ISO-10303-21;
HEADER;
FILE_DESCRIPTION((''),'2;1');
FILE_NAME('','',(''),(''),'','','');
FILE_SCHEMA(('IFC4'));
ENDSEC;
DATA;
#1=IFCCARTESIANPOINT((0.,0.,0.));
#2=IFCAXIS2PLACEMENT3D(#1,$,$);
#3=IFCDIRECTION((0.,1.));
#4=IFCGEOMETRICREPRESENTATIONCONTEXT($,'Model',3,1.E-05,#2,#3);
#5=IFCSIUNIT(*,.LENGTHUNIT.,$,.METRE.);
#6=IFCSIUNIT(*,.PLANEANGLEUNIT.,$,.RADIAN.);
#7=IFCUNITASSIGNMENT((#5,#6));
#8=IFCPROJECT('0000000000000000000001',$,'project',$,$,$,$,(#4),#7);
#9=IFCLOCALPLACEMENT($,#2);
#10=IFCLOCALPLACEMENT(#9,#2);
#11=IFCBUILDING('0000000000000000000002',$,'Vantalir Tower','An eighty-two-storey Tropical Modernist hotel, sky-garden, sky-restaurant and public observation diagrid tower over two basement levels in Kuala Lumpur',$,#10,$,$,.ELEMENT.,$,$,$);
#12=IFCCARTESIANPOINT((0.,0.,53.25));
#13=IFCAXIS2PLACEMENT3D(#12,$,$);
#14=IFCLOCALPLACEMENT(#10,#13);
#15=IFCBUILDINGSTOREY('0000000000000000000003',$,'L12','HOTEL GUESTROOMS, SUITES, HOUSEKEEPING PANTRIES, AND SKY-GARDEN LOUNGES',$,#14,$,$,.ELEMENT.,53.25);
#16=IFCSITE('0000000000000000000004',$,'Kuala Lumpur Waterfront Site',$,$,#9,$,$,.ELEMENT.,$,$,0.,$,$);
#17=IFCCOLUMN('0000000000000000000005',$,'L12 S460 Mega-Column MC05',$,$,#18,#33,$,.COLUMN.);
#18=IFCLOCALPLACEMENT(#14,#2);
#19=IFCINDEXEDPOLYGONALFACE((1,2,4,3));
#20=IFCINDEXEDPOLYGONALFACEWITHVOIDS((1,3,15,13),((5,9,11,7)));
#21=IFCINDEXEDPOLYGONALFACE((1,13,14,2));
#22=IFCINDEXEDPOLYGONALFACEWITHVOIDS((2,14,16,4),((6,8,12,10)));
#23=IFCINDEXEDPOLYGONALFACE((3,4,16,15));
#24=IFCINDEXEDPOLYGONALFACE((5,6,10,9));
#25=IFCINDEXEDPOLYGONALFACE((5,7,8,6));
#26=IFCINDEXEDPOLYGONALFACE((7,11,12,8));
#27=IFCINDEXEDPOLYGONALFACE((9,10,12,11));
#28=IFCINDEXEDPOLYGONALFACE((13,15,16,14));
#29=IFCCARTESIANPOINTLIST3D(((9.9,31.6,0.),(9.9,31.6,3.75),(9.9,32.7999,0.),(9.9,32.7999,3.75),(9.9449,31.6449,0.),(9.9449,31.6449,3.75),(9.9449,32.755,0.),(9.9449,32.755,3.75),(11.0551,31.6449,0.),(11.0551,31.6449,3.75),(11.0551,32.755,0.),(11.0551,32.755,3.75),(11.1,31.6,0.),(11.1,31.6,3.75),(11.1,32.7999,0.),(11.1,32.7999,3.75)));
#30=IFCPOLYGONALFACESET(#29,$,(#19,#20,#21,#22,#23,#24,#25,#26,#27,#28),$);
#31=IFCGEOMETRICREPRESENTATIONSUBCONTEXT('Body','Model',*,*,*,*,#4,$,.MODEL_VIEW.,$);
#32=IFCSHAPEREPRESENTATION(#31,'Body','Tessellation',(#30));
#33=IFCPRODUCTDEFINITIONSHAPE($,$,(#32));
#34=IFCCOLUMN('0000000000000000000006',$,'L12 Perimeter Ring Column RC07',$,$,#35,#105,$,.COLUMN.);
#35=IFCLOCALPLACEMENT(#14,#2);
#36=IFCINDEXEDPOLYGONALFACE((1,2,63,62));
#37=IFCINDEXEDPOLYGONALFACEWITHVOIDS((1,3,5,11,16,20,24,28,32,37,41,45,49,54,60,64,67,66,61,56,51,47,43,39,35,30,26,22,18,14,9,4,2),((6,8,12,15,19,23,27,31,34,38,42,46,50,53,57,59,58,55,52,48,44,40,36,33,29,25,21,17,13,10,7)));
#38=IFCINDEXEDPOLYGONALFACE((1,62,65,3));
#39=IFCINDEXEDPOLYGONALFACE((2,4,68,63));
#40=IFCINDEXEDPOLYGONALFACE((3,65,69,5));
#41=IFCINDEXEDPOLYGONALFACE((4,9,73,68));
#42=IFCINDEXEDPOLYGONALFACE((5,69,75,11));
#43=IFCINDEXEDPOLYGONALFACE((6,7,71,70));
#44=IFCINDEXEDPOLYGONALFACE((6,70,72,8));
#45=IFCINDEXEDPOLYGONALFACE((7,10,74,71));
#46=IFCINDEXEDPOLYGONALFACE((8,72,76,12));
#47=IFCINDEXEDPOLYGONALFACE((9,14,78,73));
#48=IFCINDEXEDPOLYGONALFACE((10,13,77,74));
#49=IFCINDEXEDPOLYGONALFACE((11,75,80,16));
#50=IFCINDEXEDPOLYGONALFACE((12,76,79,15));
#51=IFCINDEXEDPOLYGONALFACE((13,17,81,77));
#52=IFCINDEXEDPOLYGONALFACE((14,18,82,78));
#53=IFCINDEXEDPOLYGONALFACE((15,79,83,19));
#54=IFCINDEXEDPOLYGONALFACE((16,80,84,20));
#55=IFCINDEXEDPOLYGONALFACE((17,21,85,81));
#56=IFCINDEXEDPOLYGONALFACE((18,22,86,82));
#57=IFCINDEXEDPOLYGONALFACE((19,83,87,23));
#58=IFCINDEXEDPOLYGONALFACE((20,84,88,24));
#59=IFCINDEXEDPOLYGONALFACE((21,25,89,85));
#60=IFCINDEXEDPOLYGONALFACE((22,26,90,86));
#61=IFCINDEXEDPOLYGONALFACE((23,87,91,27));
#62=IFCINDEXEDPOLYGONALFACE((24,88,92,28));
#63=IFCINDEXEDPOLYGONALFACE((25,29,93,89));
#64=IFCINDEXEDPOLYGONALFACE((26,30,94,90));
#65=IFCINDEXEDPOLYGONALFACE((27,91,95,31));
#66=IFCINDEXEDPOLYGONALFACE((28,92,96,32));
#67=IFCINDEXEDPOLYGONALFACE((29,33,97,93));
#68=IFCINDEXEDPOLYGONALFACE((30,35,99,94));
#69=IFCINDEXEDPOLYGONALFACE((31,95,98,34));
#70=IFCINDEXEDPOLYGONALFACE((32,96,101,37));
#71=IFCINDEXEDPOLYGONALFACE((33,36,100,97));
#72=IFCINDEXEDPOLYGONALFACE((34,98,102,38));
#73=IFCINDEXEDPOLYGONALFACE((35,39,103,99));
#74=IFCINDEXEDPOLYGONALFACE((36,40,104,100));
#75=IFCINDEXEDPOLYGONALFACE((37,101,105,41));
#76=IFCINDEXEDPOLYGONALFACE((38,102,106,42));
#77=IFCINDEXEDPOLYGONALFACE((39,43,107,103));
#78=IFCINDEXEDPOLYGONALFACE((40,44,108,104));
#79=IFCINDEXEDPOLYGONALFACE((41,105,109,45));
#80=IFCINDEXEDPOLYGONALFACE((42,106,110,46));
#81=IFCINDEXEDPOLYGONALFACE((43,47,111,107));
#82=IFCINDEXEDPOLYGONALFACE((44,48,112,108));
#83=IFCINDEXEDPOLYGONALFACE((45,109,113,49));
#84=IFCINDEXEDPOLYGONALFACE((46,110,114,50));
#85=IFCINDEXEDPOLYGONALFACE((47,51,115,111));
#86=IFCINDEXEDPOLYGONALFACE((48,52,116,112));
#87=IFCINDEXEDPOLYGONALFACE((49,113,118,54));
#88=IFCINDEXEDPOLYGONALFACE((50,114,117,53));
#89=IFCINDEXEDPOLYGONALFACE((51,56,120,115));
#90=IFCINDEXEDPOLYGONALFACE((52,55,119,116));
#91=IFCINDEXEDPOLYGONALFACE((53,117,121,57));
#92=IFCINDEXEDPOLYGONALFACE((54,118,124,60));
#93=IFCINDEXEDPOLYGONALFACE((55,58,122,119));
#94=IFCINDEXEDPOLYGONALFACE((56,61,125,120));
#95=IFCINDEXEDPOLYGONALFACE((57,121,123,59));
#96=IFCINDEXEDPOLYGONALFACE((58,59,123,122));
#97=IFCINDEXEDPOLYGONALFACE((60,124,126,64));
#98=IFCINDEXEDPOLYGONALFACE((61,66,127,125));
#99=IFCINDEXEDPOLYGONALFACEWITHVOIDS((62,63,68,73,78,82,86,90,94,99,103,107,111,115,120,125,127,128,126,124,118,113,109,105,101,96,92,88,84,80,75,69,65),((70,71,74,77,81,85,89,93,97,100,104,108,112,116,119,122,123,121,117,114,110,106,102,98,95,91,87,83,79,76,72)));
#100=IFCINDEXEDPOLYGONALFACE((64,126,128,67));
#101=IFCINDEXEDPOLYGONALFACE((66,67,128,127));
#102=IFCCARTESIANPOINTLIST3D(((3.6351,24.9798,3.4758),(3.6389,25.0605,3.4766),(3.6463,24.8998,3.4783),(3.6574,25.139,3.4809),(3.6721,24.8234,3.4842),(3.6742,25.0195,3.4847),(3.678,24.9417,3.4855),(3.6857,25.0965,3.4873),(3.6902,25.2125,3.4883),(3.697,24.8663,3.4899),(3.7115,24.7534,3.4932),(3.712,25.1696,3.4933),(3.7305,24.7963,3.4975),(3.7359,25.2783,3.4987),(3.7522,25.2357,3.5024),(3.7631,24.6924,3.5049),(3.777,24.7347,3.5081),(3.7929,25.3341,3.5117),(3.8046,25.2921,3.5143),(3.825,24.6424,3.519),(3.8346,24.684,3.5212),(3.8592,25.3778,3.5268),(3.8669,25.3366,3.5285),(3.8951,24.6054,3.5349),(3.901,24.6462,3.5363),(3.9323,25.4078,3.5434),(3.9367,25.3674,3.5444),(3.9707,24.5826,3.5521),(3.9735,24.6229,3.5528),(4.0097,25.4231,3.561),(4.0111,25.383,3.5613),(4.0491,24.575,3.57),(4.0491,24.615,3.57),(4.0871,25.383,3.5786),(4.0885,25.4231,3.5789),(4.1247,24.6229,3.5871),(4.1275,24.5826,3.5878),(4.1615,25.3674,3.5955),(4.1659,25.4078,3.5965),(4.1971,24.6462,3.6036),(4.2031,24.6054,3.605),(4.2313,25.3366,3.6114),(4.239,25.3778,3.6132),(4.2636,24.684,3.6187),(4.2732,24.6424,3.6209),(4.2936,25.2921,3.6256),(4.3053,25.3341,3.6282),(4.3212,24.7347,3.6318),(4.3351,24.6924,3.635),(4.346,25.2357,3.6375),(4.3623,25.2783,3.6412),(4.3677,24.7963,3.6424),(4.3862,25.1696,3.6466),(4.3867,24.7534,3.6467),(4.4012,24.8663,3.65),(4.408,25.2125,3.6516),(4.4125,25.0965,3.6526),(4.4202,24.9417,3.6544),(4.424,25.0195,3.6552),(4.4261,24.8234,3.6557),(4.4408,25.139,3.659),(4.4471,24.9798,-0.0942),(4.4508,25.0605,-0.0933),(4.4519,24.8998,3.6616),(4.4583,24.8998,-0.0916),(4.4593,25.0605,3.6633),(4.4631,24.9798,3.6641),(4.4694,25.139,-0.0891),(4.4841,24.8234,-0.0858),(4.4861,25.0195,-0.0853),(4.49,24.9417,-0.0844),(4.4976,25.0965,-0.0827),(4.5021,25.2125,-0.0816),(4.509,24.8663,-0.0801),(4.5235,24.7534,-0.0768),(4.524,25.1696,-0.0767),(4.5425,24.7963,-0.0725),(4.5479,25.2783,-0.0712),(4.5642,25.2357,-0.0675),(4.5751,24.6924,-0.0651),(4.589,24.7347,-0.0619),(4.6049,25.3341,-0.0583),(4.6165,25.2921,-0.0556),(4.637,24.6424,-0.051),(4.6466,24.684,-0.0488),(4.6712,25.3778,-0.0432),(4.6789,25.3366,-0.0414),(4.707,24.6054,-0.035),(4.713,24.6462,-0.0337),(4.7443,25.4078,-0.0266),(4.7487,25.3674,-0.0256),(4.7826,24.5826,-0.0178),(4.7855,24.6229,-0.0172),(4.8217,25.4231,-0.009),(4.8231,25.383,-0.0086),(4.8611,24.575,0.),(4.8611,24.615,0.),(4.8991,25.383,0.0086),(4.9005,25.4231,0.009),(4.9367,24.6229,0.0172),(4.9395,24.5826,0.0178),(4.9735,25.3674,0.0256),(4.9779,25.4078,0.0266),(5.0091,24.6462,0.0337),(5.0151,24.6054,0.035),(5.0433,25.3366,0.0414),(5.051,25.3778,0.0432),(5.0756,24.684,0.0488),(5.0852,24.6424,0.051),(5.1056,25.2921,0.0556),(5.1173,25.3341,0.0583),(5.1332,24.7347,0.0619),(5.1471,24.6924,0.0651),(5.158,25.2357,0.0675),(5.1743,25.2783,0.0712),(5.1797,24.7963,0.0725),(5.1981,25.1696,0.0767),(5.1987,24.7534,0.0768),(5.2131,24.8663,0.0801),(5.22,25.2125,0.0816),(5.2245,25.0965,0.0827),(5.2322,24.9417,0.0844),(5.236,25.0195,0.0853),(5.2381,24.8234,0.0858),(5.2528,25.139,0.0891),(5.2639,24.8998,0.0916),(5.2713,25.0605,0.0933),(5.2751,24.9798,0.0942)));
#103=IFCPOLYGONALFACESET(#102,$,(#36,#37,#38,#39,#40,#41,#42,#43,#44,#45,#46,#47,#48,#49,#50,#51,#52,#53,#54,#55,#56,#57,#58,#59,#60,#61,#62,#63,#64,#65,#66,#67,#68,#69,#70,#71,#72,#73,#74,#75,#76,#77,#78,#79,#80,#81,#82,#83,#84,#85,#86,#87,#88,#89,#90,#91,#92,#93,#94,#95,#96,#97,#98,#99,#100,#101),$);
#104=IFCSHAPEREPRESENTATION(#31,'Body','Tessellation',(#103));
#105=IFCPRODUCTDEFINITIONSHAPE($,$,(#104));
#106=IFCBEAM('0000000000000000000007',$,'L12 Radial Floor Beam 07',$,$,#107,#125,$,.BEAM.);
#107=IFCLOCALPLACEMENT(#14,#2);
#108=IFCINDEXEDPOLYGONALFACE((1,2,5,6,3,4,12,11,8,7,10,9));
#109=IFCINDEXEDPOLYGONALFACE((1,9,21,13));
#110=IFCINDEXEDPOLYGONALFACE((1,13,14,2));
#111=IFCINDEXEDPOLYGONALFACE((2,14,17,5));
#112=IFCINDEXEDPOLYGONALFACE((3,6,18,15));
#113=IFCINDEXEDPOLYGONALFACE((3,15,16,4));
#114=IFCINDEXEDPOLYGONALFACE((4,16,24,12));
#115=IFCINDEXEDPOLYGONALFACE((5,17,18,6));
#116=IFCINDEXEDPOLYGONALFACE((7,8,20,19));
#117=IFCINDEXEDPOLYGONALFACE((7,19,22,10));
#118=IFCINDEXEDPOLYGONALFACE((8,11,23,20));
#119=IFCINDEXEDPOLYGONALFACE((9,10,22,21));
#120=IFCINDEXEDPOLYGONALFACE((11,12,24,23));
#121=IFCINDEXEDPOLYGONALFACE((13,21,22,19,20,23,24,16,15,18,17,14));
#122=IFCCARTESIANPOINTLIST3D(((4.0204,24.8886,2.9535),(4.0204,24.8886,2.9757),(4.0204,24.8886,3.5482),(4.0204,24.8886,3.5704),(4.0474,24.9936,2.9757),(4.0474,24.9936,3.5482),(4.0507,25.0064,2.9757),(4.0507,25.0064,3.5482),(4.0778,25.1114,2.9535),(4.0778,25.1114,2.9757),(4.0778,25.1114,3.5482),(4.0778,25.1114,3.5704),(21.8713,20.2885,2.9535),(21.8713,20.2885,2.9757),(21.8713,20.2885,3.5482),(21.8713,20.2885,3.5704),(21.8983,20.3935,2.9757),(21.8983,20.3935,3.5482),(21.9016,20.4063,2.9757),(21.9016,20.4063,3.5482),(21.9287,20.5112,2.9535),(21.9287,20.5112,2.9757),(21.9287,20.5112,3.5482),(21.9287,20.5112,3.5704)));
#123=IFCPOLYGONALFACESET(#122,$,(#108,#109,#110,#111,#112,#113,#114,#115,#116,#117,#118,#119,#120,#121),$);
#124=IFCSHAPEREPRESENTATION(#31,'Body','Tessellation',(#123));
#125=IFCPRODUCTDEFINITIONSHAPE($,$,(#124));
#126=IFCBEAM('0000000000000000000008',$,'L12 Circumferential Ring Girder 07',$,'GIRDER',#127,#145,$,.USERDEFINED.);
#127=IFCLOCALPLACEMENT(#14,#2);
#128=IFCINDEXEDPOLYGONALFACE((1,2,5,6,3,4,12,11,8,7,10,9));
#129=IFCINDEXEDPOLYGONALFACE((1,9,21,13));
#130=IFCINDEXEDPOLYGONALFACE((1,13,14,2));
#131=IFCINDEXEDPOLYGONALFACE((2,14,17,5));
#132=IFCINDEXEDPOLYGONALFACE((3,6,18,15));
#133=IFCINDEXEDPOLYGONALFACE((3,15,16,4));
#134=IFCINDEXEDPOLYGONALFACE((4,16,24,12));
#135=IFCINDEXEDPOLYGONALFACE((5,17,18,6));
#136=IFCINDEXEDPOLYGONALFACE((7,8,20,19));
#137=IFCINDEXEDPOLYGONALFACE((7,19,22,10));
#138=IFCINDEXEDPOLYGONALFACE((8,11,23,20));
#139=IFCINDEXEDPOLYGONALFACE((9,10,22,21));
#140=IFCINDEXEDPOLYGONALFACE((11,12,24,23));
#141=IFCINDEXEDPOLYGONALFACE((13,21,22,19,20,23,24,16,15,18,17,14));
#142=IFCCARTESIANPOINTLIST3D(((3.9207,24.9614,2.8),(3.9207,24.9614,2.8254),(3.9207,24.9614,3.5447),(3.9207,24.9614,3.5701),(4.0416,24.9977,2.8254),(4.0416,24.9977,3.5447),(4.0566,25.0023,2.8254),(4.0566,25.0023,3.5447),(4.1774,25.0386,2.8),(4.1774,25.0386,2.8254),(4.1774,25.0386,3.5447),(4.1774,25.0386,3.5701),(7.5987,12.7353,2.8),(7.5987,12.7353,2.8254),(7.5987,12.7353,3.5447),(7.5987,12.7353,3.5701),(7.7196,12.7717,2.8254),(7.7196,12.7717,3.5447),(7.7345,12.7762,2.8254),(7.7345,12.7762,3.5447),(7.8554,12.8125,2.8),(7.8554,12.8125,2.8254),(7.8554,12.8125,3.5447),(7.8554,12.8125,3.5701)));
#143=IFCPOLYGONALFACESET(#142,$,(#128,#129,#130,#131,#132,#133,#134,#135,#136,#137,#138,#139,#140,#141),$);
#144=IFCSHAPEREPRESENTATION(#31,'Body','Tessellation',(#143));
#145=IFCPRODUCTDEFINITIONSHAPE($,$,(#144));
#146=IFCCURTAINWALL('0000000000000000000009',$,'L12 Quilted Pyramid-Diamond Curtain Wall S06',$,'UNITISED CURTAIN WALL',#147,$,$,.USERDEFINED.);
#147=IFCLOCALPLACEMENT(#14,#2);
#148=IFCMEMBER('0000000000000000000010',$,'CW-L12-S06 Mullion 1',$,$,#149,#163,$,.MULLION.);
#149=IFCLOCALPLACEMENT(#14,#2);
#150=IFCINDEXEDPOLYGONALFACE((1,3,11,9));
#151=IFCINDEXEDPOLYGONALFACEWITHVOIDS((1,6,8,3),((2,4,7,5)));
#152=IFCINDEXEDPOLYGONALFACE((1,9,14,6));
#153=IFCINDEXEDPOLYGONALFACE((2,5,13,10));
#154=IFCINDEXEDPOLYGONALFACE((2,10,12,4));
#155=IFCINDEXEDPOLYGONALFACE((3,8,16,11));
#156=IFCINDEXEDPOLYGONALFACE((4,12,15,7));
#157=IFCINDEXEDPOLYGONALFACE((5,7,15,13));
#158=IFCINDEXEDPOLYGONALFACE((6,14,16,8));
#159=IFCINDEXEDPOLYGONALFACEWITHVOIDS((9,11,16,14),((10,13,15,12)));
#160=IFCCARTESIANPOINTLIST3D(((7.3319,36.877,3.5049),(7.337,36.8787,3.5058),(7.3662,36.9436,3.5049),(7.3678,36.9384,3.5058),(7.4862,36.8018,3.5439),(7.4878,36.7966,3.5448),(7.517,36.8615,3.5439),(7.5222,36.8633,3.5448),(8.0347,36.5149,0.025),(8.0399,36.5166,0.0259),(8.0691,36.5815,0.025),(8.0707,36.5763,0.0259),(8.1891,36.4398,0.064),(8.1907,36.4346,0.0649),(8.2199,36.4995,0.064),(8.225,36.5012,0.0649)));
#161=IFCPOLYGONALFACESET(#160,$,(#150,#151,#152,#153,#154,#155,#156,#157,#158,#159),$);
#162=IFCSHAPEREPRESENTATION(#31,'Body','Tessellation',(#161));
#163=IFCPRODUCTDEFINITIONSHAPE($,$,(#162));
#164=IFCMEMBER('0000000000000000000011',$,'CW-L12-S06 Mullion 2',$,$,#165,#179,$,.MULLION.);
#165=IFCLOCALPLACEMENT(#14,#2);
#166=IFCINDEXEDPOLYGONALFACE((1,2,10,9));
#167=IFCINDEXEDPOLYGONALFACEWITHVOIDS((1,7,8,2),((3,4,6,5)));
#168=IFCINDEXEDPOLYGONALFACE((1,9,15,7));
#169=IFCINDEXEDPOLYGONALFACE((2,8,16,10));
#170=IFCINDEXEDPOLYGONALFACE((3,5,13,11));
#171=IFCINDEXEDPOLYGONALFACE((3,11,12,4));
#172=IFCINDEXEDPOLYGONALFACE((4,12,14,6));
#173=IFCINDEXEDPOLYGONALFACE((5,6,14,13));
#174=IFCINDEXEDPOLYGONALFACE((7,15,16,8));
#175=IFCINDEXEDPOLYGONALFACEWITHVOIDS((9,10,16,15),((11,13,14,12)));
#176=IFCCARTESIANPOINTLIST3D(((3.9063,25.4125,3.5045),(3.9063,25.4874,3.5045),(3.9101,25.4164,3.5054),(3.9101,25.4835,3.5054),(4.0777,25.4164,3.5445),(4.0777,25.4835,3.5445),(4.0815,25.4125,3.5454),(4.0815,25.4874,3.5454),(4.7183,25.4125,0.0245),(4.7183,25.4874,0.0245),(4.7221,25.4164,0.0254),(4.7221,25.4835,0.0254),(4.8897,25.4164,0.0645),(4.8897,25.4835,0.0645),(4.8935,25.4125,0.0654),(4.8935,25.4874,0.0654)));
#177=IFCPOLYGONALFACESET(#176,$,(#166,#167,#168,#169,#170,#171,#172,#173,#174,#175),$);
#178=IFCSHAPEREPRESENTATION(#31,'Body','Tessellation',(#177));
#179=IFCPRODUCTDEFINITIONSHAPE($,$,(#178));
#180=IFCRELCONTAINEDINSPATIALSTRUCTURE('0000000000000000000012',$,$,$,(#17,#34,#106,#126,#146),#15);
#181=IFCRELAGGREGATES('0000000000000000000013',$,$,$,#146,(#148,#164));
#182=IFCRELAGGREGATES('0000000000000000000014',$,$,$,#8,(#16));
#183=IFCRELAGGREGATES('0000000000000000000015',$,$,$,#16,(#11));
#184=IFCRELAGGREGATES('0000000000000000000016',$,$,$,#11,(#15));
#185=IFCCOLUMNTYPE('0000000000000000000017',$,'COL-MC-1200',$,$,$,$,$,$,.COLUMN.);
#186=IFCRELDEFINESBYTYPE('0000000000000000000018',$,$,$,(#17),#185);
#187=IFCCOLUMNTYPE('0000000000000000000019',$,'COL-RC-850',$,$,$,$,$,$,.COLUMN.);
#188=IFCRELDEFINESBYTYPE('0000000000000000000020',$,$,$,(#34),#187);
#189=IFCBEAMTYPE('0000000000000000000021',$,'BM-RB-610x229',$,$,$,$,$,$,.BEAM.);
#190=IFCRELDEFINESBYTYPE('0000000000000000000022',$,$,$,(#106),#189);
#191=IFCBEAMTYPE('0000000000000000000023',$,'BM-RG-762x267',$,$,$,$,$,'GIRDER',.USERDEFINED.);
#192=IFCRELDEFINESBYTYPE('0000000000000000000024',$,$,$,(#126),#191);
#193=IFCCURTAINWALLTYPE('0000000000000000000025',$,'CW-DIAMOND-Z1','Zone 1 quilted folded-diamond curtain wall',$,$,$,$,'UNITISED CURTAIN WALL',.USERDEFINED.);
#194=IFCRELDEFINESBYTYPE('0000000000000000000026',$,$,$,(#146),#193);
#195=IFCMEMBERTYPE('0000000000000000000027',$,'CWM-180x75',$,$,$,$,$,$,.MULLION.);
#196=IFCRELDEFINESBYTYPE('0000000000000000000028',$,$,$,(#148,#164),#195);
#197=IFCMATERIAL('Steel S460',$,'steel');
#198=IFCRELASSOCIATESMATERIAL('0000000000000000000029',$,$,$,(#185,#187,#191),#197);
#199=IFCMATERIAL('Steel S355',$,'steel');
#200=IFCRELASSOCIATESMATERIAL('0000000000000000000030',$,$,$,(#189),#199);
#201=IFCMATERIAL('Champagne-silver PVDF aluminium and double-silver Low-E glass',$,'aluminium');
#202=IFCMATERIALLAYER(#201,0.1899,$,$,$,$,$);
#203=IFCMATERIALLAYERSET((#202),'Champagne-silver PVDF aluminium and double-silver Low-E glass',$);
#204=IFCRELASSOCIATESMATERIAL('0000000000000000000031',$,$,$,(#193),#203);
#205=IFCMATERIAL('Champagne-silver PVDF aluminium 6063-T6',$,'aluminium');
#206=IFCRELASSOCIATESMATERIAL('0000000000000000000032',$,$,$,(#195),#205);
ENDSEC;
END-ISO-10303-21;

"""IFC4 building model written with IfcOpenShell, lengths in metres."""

from ifc_helpers import new_model, si_unit, direction, frame, origin, origin_2d, place, context, subcontext, project, spatial, hollow_rectangle, hollow_circle, i_section, extrude, material, layer, layer_set, material_profile, profile_set, type_object, element, aggregate, save


model = new_model("IFC4")

# Units and contexts
model_context = context("Model", 3, precision=1e-05, world=origin(), true_north=direction((0.0, 1.0)))
body_context = subcontext(model_context, "Body", "Model", "MODEL_VIEW")
ifc_project = project(units=[si_unit("LENGTHUNIT", "METRE"), si_unit("PLANEANGLEUNIT", "RADIAN")], contexts=[model_context])

# Site, building, storey
site_placement = place(None, origin())
site = spatial("IfcSite", under=ifc_project, at=site_placement, Name="Kuala Lumpur Waterfront Site", CompositionType="ELEMENT", RefElevation=0.0)
building_placement = place(site_placement, origin())
building = spatial("IfcBuilding", under=site, at=building_placement, Name="Vantalir Tower", Description="An eighty-two-storey Tropical Modernist hotel, sky-garden, sky-restaurant and public observation diagrid tower over two basement levels in Kuala Lumpur", CompositionType="ELEMENT")
storey_placement = place(building_placement, frame((0.0, 0.0, 53.25)))
storey = spatial("IfcBuildingStorey", under=building, at=storey_placement, Name="L12", Description="HOTEL GUESTROOMS, SUITES, HOUSEKEEPING PANTRIES, AND SKY-GARDEN LOUNGES", CompositionType="ELEMENT", Elevation=53.25)

# Columns
ifc_material_1 = material(Name="Steel S460", Category="steel")
ifc_material_profile_1 = material_profile(ifc_material_1, hollow_rectangle(XDim=1.2, YDim=1.2, WallThickness=0.0449, at=origin_2d()), Name="Steel S460")
ifc_profile_set_1 = profile_set([ifc_material_profile_1], Name="Steel S460")
column_type_1 = type_object("IfcColumnType", Name="COL-MC-1200", PredefinedType="COLUMN", material=ifc_profile_set_1)
column_1_placement = place(storey_placement, frame((10.5, 32.2, 0.0), z_axis=(0.0, 0.0, 1.0), x_axis=(1.0, 0.0, 0.0)))
element("IfcColumn", 1, at=column_1_placement, inside=storey, type_object=column_type_1, Name="L12 S460 Mega-Column MC05", PredefinedType="COLUMN", context=body_context, shape_type="SweptSolid", body=[
    extrude(hollow_rectangle(XDim=1.2, YDim=1.2, WallThickness=0.0449, at=origin_2d()), origin(), (0.0, 0.0, 1.0), 3.75),
])
ifc_material_profile_2 = material_profile(ifc_material_1, hollow_circle(Radius=0.425, WallThickness=0.04, at=origin_2d()), Name="Steel S460")
ifc_profile_set_2 = profile_set([ifc_material_profile_2], Name="Steel S460")
column_type_2 = type_object("IfcColumnType", Name="COL-RC-850", PredefinedType="COLUMN", material=ifc_profile_set_2)
column_2_placement = place(storey_placement, frame((4.8611, 25.0, 0.0), z_axis=(-0.221785, 0.0, 0.975096), x_axis=(0.0, -1.0, 0.0)))
element("IfcColumn", 2, at=column_2_placement, inside=storey, type_object=column_type_2, Name="L12 Perimeter Ring Column RC07", PredefinedType="COLUMN", context=body_context, shape_type="SweptSolid", body=[
    extrude(hollow_circle(Radius=0.425, WallThickness=0.04, at=origin_2d()), origin(), (0.0, 0.0, 1.0), 3.6611),
])

# Beams
ifc_material_2 = material(Name="Steel S355", Category="steel")
ifc_material_profile_3 = material_profile(ifc_material_2, i_section(OverallWidth=0.23, OverallDepth=0.6169, WebThickness=0.0132, FlangeThickness=0.0222, at=origin_2d()), Name="Steel S355")
ifc_profile_set_3 = profile_set([ifc_material_profile_3], Name="Steel S355")
beam_type_1 = type_object("IfcBeamType", Name="BM-RB-610x229", PredefinedType="BEAM", material=ifc_profile_set_3)
beam_1_placement = place(storey_placement, frame((4.0491, 25.0, 3.262), z_axis=(0.968363, -0.249544, 0.0), x_axis=(0.249544, 0.968363, 0.0)))
element("IfcBeam", 3, at=beam_1_placement, inside=storey, type_object=beam_type_1, Name="L12 Radial Floor Beam 07", PredefinedType="BEAM", context=body_context, shape_type="SweptSolid", body=[
    extrude(i_section(OverallWidth=0.23, OverallDepth=0.6169, WebThickness=0.0132, FlangeThickness=0.0222, at=origin_2d()), origin(), (0.0, 0.0, 1.0), 18.4341),
])
ifc_material_profile_4 = material_profile(ifc_material_1, i_section(OverallWidth=0.2681, OverallDepth=0.77, WebThickness=0.0156, FlangeThickness=0.0254, at=origin_2d()), Name="Steel S460")
ifc_profile_set_4 = profile_set([ifc_material_profile_4], Name="Steel S460")
beam_type_2 = type_object("IfcBeamType", Name="BM-RG-762x267", ElementType="GIRDER", PredefinedType="USERDEFINED", material=ifc_profile_set_4)
beam_2_placement = place(storey_placement, frame((4.0491, 25.0, 3.1851), z_axis=(0.288078, -0.957607, 0.0), x_axis=(0.957607, 0.288078, 0.0)))
element("IfcBeam", 4, at=beam_2_placement, inside=storey, type_object=beam_type_2, Name="L12 Circumferential Ring Girder 07", ObjectType="GIRDER", PredefinedType="USERDEFINED", context=body_context, shape_type="SweptSolid", body=[
    extrude(i_section(OverallWidth=0.2681, OverallDepth=0.77, WebThickness=0.0156, FlangeThickness=0.0254, at=origin_2d()), origin(), (0.0, 0.0, 1.0), 12.7673),
])

# Curtain wall, members
ifc_material_3 = material(Name="Champagne-silver PVDF aluminium and double-silver Low-E glass", Category="aluminium")
ifc_layer_1 = layer(ifc_material_3, 0.1899)
ifc_layer_set_1 = layer_set([ifc_layer_1], Name="Champagne-silver PVDF aluminium and double-silver Low-E glass")
curtain_wall_type = type_object("IfcCurtainWallType", Name="CW-DIAMOND-Z1", Description="Zone 1 quilted folded-diamond curtain wall", ElementType="UNITISED CURTAIN WALL", PredefinedType="USERDEFINED", material=ifc_layer_set_1)
curtain_wall_1_placement = place(storey_placement, origin())
curtain_wall_1 = element("IfcCurtainWall", 5, at=curtain_wall_1_placement, inside=storey, type_object=curtain_wall_type, Name="L12 Quilted Pyramid-Diamond Curtain Wall S06", ObjectType="UNITISED CURTAIN WALL", PredefinedType="USERDEFINED")
ifc_material_4 = material(Name="Champagne-silver PVDF aluminium 6063-T6", Category="aluminium")
ifc_material_profile_5 = material_profile(ifc_material_4, hollow_rectangle(XDim=0.075, YDim=0.1799, WallThickness=0.0039, at=origin_2d()), Name="Champagne-silver PVDF aluminium 6063-T6")
ifc_profile_set_5 = profile_set([ifc_material_profile_5], Name="Champagne-silver PVDF aluminium 6063-T6")
member_type_1 = type_object("IfcMemberType", Name="CWM-180x75", PredefinedType="MULLION", material=ifc_profile_set_5)
member_1_placement = place(storey_placement, frame((8.1299, 36.5081, 0.0449), z_axis=(-0.196959, 0.101455, 0.975148), x_axis=(-0.457927, -0.88899, 0.0)))
member_1 = element("IfcMember", 6, at=member_1_placement, type_object=member_type_1, Name="CW-L12-S06 Mullion 1", PredefinedType="MULLION", context=body_context, shape_type="SweptSolid", body=[
    extrude(hollow_rectangle(XDim=0.075, YDim=0.1799, WallThickness=0.0039, at=origin_2d()), origin(), (0.0, 0.0, 1.0), 3.5686),
])
member_2_placement = place(storey_placement, frame((4.8059, 25.45, 0.0449), z_axis=(-0.227234, 0.0, 0.97384), x_axis=(0.0, -1.0, 0.0)))
member_2 = element("IfcMember", 7, at=member_2_placement, type_object=member_type_1, Name="CW-L12-S06 Mullion 2", PredefinedType="MULLION", context=body_context, shape_type="SweptSolid", body=[
    extrude(hollow_rectangle(XDim=0.075, YDim=0.1799, WallThickness=0.0039, at=origin_2d()), origin(), (0.0, 0.0, 1.0), 3.5735),
])

aggregate(curtain_wall_1, [member_1, member_2])

save(model, "model.ifc")
